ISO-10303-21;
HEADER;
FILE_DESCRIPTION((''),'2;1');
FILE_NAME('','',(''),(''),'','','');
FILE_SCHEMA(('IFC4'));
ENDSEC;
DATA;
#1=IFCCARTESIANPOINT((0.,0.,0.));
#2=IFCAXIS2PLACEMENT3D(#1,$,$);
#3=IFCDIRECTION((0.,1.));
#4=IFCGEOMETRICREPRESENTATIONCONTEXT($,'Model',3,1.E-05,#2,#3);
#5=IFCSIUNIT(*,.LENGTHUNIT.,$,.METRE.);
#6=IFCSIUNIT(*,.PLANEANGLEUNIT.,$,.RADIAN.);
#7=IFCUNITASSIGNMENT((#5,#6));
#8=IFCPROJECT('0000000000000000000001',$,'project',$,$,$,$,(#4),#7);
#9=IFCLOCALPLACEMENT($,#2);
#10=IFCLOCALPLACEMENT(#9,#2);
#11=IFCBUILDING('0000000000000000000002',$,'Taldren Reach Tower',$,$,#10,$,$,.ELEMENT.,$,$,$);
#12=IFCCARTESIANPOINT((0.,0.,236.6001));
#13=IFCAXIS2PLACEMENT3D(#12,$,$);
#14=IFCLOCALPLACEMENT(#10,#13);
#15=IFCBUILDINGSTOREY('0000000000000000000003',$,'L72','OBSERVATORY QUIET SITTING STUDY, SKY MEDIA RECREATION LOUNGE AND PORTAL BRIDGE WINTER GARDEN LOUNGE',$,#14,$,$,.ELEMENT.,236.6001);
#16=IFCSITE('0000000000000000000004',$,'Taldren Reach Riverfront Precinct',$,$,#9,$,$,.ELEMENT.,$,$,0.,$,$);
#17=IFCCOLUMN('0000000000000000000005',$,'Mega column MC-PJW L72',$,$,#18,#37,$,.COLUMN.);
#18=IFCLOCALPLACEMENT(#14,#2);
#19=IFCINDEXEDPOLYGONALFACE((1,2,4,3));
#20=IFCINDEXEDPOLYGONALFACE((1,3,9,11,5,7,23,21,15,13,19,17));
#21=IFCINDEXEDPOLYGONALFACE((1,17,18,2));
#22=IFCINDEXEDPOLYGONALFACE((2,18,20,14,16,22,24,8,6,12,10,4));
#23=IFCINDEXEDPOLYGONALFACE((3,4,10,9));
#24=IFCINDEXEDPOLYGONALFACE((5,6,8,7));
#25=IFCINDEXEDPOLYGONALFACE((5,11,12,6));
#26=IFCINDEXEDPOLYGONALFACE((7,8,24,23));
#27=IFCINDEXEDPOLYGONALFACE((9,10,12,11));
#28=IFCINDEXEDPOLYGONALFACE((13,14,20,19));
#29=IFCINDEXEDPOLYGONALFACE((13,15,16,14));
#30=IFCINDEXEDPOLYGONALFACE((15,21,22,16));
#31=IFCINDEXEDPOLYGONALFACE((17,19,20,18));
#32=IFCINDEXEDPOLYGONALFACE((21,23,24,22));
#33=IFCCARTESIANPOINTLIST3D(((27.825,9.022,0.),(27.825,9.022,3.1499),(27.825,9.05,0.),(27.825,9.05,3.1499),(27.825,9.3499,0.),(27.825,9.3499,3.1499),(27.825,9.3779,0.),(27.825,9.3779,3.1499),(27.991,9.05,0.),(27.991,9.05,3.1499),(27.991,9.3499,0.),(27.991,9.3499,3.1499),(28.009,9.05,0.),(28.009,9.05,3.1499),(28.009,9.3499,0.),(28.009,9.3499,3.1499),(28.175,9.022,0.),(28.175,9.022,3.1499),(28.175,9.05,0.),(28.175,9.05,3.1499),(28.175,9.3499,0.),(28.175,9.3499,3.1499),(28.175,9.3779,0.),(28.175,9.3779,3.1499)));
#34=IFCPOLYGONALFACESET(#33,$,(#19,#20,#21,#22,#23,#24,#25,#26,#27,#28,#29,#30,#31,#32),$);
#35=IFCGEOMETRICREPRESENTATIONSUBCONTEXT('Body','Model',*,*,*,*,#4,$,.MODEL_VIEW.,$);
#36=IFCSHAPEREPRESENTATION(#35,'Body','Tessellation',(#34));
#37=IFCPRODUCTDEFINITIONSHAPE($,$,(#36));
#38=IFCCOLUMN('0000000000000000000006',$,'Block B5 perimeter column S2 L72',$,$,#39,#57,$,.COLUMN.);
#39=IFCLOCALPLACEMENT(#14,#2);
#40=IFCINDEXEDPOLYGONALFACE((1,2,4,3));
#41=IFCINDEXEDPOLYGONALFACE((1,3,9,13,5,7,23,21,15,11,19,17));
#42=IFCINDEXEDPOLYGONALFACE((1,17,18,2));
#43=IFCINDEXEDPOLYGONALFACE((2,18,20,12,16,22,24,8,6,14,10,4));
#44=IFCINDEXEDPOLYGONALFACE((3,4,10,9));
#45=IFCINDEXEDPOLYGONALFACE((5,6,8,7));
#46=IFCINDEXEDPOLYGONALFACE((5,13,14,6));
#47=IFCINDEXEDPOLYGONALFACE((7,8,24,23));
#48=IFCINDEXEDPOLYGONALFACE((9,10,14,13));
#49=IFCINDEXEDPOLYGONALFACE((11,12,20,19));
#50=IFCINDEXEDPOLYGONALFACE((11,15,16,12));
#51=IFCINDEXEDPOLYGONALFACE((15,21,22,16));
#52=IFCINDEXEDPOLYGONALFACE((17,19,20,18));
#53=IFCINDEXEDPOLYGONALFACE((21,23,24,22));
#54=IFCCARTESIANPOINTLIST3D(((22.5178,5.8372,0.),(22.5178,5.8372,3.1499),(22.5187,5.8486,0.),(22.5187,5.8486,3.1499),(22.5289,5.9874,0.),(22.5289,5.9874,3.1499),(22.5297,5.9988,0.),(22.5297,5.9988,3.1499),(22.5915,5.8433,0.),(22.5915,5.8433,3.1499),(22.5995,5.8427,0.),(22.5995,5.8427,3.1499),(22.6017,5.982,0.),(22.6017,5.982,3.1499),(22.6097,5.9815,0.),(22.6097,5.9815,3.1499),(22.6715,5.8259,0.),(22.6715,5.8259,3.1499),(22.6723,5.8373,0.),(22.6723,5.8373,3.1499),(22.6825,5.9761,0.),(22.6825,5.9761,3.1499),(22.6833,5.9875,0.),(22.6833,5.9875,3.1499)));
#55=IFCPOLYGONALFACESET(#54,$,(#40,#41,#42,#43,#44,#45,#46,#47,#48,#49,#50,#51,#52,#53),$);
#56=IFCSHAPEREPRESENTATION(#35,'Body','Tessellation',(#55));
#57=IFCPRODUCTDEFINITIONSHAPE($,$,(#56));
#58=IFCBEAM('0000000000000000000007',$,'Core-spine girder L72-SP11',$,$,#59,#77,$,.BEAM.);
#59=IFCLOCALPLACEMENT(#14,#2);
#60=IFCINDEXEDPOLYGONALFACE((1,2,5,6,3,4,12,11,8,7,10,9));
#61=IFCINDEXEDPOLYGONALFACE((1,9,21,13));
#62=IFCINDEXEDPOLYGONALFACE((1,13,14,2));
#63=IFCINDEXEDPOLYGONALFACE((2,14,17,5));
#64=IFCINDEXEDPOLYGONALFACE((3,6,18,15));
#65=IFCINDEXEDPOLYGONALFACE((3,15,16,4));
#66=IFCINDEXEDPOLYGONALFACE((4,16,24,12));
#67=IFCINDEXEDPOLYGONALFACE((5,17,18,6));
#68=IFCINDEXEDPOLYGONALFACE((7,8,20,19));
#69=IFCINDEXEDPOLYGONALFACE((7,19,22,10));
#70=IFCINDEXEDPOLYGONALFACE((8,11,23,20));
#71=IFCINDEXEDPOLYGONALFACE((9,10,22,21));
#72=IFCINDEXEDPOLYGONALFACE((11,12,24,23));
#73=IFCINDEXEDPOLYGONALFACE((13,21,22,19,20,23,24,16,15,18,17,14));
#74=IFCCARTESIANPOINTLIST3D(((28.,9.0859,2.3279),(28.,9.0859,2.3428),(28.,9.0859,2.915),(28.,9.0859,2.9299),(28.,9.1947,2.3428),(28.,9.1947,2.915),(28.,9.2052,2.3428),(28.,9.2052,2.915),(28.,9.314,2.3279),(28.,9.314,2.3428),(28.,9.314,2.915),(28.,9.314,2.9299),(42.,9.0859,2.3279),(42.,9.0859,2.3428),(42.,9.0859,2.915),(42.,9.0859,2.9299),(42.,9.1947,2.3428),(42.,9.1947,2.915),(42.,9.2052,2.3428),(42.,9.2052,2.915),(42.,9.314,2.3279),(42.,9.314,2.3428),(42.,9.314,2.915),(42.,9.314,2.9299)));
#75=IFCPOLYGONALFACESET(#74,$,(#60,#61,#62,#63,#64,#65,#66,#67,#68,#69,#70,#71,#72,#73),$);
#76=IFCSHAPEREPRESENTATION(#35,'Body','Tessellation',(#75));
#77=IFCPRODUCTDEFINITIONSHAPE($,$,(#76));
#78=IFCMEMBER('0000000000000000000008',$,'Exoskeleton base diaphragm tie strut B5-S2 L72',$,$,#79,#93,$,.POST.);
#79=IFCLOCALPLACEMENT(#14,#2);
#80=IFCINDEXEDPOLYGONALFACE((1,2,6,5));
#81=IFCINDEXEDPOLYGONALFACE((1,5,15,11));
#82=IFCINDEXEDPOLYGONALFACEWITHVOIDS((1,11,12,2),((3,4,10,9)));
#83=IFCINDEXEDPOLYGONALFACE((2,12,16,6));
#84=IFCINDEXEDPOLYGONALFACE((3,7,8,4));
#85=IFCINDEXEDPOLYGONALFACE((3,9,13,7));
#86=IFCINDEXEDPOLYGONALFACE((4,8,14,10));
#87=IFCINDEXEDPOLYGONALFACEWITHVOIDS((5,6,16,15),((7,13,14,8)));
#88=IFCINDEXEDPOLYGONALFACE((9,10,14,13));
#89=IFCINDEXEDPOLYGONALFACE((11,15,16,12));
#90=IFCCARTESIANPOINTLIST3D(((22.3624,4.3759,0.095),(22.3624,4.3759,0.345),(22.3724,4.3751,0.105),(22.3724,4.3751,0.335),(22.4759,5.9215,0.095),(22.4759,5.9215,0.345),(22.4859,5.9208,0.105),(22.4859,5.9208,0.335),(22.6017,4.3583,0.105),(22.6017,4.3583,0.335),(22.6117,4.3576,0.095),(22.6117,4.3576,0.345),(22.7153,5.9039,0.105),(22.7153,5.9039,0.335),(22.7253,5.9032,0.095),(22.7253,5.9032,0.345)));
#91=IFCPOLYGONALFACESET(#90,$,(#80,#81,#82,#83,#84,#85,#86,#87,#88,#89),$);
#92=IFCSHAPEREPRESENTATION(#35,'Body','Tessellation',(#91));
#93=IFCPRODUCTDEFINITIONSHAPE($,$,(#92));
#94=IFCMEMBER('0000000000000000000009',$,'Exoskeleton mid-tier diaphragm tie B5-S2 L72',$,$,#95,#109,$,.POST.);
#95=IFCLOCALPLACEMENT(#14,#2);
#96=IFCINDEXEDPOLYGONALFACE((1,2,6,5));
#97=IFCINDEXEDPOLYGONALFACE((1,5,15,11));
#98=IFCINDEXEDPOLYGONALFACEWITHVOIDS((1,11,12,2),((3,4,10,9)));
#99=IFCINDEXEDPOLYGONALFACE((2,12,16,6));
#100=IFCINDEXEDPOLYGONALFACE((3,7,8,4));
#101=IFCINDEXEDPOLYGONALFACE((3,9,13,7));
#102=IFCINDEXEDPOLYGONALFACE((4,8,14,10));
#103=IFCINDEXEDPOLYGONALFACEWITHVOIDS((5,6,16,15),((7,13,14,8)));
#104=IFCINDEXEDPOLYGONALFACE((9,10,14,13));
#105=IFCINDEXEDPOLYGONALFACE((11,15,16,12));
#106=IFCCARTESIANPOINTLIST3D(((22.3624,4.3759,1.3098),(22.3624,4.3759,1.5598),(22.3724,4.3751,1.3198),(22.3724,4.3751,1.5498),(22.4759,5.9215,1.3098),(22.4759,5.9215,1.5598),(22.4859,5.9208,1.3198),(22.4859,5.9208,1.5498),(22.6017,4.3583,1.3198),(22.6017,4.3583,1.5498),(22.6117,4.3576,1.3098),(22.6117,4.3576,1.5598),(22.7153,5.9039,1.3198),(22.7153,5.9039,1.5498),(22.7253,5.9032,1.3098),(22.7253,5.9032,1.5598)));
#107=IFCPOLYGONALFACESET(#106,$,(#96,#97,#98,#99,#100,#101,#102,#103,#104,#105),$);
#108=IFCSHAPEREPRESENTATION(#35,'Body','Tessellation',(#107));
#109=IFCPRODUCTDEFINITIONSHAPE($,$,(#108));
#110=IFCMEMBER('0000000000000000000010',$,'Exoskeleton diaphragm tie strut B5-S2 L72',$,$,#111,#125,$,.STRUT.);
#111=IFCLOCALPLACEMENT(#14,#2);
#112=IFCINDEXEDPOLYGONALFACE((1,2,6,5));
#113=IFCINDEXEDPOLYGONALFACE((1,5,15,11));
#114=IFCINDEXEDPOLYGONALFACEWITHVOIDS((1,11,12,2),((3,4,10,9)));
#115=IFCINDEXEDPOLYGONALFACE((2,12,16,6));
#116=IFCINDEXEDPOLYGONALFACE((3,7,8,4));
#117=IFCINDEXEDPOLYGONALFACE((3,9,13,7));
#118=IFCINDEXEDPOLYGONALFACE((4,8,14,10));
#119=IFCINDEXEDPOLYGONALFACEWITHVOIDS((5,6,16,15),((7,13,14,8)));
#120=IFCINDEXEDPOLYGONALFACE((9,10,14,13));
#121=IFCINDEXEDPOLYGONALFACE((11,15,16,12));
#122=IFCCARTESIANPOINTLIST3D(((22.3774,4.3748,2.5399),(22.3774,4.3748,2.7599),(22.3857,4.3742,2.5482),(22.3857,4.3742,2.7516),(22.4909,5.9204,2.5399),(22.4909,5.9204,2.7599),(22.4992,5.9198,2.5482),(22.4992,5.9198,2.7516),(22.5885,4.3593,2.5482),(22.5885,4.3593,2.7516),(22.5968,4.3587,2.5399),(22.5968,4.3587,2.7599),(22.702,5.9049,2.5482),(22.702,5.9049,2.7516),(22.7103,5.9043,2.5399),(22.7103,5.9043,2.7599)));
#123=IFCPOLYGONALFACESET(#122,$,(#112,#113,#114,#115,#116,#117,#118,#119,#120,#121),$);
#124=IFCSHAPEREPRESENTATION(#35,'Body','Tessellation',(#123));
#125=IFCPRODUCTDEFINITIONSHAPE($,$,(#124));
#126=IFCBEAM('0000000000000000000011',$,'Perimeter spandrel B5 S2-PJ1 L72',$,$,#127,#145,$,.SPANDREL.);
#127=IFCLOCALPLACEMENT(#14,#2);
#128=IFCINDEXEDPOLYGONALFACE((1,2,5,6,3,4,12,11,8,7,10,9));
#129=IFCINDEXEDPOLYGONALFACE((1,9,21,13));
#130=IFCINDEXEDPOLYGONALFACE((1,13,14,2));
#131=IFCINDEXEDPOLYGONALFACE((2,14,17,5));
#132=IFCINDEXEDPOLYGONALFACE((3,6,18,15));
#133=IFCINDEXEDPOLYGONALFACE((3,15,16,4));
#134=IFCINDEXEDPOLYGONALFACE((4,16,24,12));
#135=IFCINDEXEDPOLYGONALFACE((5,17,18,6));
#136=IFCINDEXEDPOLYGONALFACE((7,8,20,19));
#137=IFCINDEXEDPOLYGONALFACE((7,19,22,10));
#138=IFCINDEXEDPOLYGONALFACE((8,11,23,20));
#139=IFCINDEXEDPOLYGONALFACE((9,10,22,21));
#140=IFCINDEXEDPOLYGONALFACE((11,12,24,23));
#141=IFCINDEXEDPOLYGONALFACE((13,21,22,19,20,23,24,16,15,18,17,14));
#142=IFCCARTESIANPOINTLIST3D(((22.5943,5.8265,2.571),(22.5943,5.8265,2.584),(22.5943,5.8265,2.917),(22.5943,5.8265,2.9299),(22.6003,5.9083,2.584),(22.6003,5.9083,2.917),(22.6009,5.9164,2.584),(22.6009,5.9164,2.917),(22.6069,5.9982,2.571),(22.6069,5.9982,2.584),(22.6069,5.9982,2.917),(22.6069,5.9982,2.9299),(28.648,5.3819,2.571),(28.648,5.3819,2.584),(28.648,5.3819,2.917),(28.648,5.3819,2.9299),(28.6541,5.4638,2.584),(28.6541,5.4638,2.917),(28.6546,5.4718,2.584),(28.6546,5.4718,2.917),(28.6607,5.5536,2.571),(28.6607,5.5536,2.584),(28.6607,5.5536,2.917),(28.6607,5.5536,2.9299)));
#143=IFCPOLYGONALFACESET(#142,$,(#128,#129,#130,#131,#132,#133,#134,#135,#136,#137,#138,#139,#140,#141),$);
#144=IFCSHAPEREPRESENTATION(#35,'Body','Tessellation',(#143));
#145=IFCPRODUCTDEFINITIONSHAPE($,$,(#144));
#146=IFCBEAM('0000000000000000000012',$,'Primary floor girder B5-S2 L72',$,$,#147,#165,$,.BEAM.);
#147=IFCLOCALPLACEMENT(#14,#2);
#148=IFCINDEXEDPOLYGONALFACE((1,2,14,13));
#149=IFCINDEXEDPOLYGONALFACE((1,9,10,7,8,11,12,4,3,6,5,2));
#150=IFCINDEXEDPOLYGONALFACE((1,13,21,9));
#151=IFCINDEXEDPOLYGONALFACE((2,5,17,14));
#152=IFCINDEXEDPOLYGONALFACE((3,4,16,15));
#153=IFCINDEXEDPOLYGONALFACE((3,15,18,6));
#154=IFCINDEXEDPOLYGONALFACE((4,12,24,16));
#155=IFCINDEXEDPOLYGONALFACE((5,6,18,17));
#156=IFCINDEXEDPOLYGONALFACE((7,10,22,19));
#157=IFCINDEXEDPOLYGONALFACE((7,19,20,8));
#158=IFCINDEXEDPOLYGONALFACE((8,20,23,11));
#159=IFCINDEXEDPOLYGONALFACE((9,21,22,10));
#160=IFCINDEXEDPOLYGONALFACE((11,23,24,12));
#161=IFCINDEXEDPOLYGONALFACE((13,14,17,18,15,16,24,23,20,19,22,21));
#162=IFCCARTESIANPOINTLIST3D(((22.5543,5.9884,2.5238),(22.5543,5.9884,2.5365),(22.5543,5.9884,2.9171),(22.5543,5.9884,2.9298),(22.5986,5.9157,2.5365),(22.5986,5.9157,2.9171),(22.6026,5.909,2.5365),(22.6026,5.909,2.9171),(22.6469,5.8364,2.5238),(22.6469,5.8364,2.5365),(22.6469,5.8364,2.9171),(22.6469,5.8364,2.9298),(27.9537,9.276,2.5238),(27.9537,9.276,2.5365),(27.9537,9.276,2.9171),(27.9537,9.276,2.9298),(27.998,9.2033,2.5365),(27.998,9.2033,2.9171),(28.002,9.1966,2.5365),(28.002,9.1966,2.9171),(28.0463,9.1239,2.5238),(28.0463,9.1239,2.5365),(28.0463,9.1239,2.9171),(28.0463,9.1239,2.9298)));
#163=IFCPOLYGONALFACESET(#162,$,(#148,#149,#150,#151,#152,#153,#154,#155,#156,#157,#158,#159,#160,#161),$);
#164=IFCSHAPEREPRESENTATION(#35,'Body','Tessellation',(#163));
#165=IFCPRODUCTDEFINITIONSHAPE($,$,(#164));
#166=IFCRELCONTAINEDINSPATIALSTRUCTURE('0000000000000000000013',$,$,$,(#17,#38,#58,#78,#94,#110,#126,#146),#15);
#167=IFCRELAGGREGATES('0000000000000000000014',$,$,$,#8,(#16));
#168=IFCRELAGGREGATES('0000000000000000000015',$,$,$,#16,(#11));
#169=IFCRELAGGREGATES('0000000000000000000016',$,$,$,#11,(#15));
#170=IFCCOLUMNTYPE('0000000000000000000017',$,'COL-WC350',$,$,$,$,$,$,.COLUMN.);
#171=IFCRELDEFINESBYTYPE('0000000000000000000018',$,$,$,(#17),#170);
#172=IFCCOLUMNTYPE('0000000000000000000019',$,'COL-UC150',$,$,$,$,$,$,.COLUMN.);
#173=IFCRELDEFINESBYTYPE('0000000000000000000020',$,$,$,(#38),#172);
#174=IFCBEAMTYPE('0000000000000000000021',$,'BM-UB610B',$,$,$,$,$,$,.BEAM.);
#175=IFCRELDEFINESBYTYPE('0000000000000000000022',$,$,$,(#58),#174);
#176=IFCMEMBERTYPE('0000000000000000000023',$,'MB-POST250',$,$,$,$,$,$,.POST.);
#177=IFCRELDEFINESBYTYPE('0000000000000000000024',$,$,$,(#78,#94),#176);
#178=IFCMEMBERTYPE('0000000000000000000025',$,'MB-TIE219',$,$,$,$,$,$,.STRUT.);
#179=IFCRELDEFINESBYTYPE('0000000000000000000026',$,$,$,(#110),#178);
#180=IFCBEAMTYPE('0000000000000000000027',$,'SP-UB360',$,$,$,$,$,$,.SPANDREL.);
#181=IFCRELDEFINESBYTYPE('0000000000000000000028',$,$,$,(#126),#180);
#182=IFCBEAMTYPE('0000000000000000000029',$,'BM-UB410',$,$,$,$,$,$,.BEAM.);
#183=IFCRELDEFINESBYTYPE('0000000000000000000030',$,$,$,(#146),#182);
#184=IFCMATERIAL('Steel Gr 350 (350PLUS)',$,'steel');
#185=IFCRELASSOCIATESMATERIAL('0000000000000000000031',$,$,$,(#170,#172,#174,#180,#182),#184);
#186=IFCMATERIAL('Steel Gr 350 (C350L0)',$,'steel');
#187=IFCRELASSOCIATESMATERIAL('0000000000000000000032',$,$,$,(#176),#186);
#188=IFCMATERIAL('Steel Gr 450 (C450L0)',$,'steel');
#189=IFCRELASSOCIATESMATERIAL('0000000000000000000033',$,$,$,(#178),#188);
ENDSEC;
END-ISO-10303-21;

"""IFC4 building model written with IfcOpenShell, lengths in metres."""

from ifc_helpers import new_model, si_unit, direction, frame, origin, origin_2d, place, context, subcontext, project, spatial, hollow_rectangle, i_section, extrude, source, transform, mapped, material, material_profile, profile_set, type_object, element, save


model = new_model("IFC4")

# Units and contexts
model_context = context("Model", 3, precision=1e-05, world=origin(), true_north=direction((0.0, 1.0)))
body_context = subcontext(model_context, "Body", "Model", "MODEL_VIEW")
ifc_project = project(units=[si_unit("LENGTHUNIT", "METRE"), si_unit("PLANEANGLEUNIT", "RADIAN")], contexts=[model_context])

# Site, building, storey
site_placement = place(None, origin())
site = spatial("IfcSite", under=ifc_project, at=site_placement, Name="Taldren Reach Riverfront Precinct", CompositionType="ELEMENT", RefElevation=0.0)
building_placement = place(site_placement, origin())
building = spatial("IfcBuilding", under=site, at=building_placement, Name="Taldren Reach Tower", CompositionType="ELEMENT")
storey_placement = place(building_placement, frame((0.0, 0.0, 236.6001)))
storey = spatial("IfcBuildingStorey", under=building, at=storey_placement, Name="L72", Description="OBSERVATORY QUIET SITTING STUDY, SKY MEDIA RECREATION LOUNGE AND PORTAL BRIDGE WINTER GARDEN LOUNGE", CompositionType="ELEMENT", Elevation=236.6001)

# Columns
ifc_material_1 = material(Name="Steel Gr 350 (350PLUS)", Category="steel")
ifc_material_profile_1 = material_profile(ifc_material_1, i_section(OverallWidth=0.3501, OverallDepth=0.356, WebThickness=0.0181, FlangeThickness=0.0281, at=origin_2d()), Name="350WC197")
ifc_profile_set_1 = profile_set([ifc_material_profile_1], Name="Steel Gr 350 (350PLUS)")
column_type_1 = type_object("IfcColumnType", Name="COL-WC350", PredefinedType="COLUMN", material=ifc_profile_set_1)
shared_shape_1 = source(origin(), body_context, "Body", "SweptSolid", [
    extrude(i_section(OverallWidth=0.3501, OverallDepth=0.356, WebThickness=0.0181, FlangeThickness=0.0281, at=origin_2d()), origin(), (0.0, 0.0, 1.0), 3.1499),
])
column_1_placement = place(storey_placement, frame((28.0, 9.2, 0.0), z_axis=(0.0, 0.0, 1.0), x_axis=(1.0, 0.0, 0.0)))
element("IfcColumn", 1, at=column_1_placement, inside=storey, type_object=column_type_1, Name="Mega column MC-PJW L72", PredefinedType="COLUMN", context=body_context, shape_type="MappedRepresentation", body=[
    mapped(shared_shape_1, transform((0.0, 0.0, 0.0), scale=1.0)),
])
ifc_material_profile_2 = material_profile(ifc_material_1, i_section(OverallWidth=0.1541, OverallDepth=0.1621, WebThickness=0.0081, FlangeThickness=0.0115, at=origin_2d()), Name="150UC37.2")
ifc_profile_set_2 = profile_set([ifc_material_profile_2], Name="Steel Gr 350 (350PLUS)")
column_type_2 = type_object("IfcColumnType", Name="COL-UC150", PredefinedType="COLUMN", material=ifc_profile_set_2)
shared_shape_2 = source(origin(), body_context, "Body", "SweptSolid", [
    extrude(i_section(OverallWidth=0.1541, OverallDepth=0.1621, WebThickness=0.0081, FlangeThickness=0.0115, at=origin_2d()), origin(), (0.0, 0.0, 1.0), 3.1499),
])
column_2_placement = place(storey_placement, frame((22.6006, 5.9124, 0.0), z_axis=(0.0, 0.0, 1.0), x_axis=(0.997314, -0.073238, 0.0)))
element("IfcColumn", 2, at=column_2_placement, inside=storey, type_object=column_type_2, Name="Block B5 perimeter column S2 L72", PredefinedType="COLUMN", context=body_context, shape_type="MappedRepresentation", body=[
    mapped(shared_shape_2, transform((0.0, 0.0, 0.0), scale=1.0)),
])

# Beam
ifc_material_profile_3 = material_profile(ifc_material_1, i_section(OverallWidth=0.228, OverallDepth=0.6021, WebThickness=0.0105, FlangeThickness=0.0149, at=origin_2d()), Name="610UB101")
ifc_profile_set_3 = profile_set([ifc_material_profile_3], Name="Steel Gr 350 (350PLUS)")
beam_type_1 = type_object("IfcBeamType", Name="BM-UB610B", PredefinedType="BEAM", material=ifc_profile_set_3)
shared_shape_3 = source(origin(), body_context, "Body", "SweptSolid", [
    extrude(i_section(OverallWidth=0.228, OverallDepth=0.6021, WebThickness=0.0105, FlangeThickness=0.0149, at=origin_2d()), origin(), (0.0, 0.0, 1.0), 14.0),
])
beam_1_placement = place(storey_placement, frame((28.0, 9.2, 2.6289), z_axis=(1.0, 0.0, 0.0), x_axis=(0.0, 1.0, 0.0)))
element("IfcBeam", 3, at=beam_1_placement, inside=storey, type_object=beam_type_1, Name="Core-spine girder L72-SP11", PredefinedType="BEAM", context=body_context, shape_type="MappedRepresentation", body=[
    mapped(shared_shape_3, transform((0.0, 0.0, 0.0), scale=1.0)),
])

# Members
ifc_material_2 = material(Name="Steel Gr 350 (C350L0)", Category="steel")
ifc_material_profile_4 = material_profile(ifc_material_2, hollow_rectangle(XDim=0.25, YDim=0.25, WallThickness=0.01, at=origin_2d()), Name="250x250x10.0SHS")
ifc_profile_set_4 = profile_set([ifc_material_profile_4], Name="Steel Gr 350 (C350L0)")
member_type_1 = type_object("IfcMemberType", Name="MB-POST250", PredefinedType="POST", material=ifc_profile_set_4)
shared_shape_4 = source(origin(), body_context, "Body", "SweptSolid", [
    extrude(hollow_rectangle(XDim=0.25, YDim=0.25, WallThickness=0.01, at=origin_2d()), origin(), (0.0, 0.0, 1.0), 1.5498),
])
for number, where, z_axis, x_axis, name in (
    (4, (22.6006, 5.9124, 0.22), (-0.073251, -0.997314, 0.0), (0.997314, -0.073251, 0.0), "Exoskeleton base diaphragm tie strut B5-S2 L72"),
    (5, (22.6006, 5.9124, 1.4348), (-0.073251, -0.997314, 0.0), (0.997314, -0.073251, 0.0), "Exoskeleton mid-tier diaphragm tie B5-S2 L72"),
):
    element("IfcMember", number, at=place(storey_placement, frame(where, z_axis=z_axis, x_axis=x_axis)), inside=storey, type_object=member_type_1, Name=name, PredefinedType="POST", context=body_context, shape_type="MappedRepresentation", body=[
        mapped(shared_shape_4, transform((0.0, 0.0, 0.0), scale=1.0)),
    ])
ifc_material_3 = material(Name="Steel Gr 450 (C450L0)", Category="steel")
ifc_material_profile_5 = material_profile(ifc_material_3, hollow_rectangle(XDim=0.22, YDim=0.22, WallThickness=0.0083, at=origin_2d()), Name="220x220x8.2SHS")
ifc_profile_set_5 = profile_set([ifc_material_profile_5], Name="Steel Gr 450 (C450L0)")
member_type_2 = type_object("IfcMemberType", Name="MB-TIE219", PredefinedType="STRUT", material=ifc_profile_set_5)
shared_shape_5 = source(origin(), body_context, "Body", "SweptSolid", [
    extrude(hollow_rectangle(XDim=0.22, YDim=0.22, WallThickness=0.0083, at=origin_2d()), origin(), (0.0, 0.0, 1.0), 1.5498),
])
member_1_placement = place(storey_placement, frame((22.6006, 5.9124, 2.6499), z_axis=(-0.073251, -0.997314, 0.0), x_axis=(0.997314, -0.073251, 0.0)))
element("IfcMember", 6, at=member_1_placement, inside=storey, type_object=member_type_2, Name="Exoskeleton diaphragm tie strut B5-S2 L72", PredefinedType="STRUT", context=body_context, shape_type="MappedRepresentation", body=[
    mapped(shared_shape_5, transform((0.0, 0.0, 0.0), scale=1.0)),
])

# Beams
ifc_material_profile_6 = material_profile(ifc_material_1, i_section(OverallWidth=0.1721, OverallDepth=0.3589, WebThickness=0.0081, FlangeThickness=0.0129, at=origin_2d()), Name="360UB56.7")
ifc_profile_set_6 = profile_set([ifc_material_profile_6], Name="Steel Gr 350 (350PLUS)")
beam_type_2 = type_object("IfcBeamType", Name="SP-UB360", PredefinedType="SPANDREL", material=ifc_profile_set_6)
shared_shape_6 = source(origin(), body_context, "Body", "SweptSolid", [
    extrude(i_section(OverallWidth=0.1721, OverallDepth=0.3589, WebThickness=0.0081, FlangeThickness=0.0129, at=origin_2d()), origin(), (0.0, 0.0, 1.0), 6.0701),
])
beam_2_placement = place(storey_placement, frame((22.6006, 5.9124, 2.7505), z_axis=(0.997314, -0.073242, 0.0), x_axis=(0.073242, 0.997314, 0.0)))
element("IfcBeam", 7, at=beam_2_placement, inside=storey, type_object=beam_type_2, Name="Perimeter spandrel B5 S2-PJ1 L72", PredefinedType="SPANDREL", context=body_context, shape_type="MappedRepresentation", body=[
    mapped(shared_shape_6, transform((0.0, 0.0, 0.0), scale=1.0)),
])
ifc_material_profile_7 = material_profile(ifc_material_1, i_section(OverallWidth=0.178, OverallDepth=0.406, WebThickness=0.0078, FlangeThickness=0.0127, at=origin_2d()), Name="410UB59.7")
ifc_profile_set_7 = profile_set([ifc_material_profile_7], Name="Steel Gr 350 (350PLUS)")
beam_type_3 = type_object("IfcBeamType", Name="BM-UB410", PredefinedType="BEAM", material=ifc_profile_set_7)
shared_shape_7 = source(origin(), body_context, "Body", "SweptSolid", [
    extrude(i_section(OverallWidth=0.178, OverallDepth=0.406, WebThickness=0.0078, FlangeThickness=0.0127, at=origin_2d()), origin(), (0.0, 0.0, 1.0), 6.3215),
])
beam_3_placement = place(storey_placement, frame((28.0, 9.2, 2.7268), z_axis=(-0.854128, -0.520062, 0.0), x_axis=(0.520062, -0.854128, 0.0)))
element("IfcBeam", 8, at=beam_3_placement, inside=storey, type_object=beam_type_3, Name="Primary floor girder B5-S2 L72", PredefinedType="BEAM", context=body_context, shape_type="MappedRepresentation", body=[
    mapped(shared_shape_7, transform((0.0, 0.0, 0.0), scale=1.0)),
])

save(model, "model.ifc")
